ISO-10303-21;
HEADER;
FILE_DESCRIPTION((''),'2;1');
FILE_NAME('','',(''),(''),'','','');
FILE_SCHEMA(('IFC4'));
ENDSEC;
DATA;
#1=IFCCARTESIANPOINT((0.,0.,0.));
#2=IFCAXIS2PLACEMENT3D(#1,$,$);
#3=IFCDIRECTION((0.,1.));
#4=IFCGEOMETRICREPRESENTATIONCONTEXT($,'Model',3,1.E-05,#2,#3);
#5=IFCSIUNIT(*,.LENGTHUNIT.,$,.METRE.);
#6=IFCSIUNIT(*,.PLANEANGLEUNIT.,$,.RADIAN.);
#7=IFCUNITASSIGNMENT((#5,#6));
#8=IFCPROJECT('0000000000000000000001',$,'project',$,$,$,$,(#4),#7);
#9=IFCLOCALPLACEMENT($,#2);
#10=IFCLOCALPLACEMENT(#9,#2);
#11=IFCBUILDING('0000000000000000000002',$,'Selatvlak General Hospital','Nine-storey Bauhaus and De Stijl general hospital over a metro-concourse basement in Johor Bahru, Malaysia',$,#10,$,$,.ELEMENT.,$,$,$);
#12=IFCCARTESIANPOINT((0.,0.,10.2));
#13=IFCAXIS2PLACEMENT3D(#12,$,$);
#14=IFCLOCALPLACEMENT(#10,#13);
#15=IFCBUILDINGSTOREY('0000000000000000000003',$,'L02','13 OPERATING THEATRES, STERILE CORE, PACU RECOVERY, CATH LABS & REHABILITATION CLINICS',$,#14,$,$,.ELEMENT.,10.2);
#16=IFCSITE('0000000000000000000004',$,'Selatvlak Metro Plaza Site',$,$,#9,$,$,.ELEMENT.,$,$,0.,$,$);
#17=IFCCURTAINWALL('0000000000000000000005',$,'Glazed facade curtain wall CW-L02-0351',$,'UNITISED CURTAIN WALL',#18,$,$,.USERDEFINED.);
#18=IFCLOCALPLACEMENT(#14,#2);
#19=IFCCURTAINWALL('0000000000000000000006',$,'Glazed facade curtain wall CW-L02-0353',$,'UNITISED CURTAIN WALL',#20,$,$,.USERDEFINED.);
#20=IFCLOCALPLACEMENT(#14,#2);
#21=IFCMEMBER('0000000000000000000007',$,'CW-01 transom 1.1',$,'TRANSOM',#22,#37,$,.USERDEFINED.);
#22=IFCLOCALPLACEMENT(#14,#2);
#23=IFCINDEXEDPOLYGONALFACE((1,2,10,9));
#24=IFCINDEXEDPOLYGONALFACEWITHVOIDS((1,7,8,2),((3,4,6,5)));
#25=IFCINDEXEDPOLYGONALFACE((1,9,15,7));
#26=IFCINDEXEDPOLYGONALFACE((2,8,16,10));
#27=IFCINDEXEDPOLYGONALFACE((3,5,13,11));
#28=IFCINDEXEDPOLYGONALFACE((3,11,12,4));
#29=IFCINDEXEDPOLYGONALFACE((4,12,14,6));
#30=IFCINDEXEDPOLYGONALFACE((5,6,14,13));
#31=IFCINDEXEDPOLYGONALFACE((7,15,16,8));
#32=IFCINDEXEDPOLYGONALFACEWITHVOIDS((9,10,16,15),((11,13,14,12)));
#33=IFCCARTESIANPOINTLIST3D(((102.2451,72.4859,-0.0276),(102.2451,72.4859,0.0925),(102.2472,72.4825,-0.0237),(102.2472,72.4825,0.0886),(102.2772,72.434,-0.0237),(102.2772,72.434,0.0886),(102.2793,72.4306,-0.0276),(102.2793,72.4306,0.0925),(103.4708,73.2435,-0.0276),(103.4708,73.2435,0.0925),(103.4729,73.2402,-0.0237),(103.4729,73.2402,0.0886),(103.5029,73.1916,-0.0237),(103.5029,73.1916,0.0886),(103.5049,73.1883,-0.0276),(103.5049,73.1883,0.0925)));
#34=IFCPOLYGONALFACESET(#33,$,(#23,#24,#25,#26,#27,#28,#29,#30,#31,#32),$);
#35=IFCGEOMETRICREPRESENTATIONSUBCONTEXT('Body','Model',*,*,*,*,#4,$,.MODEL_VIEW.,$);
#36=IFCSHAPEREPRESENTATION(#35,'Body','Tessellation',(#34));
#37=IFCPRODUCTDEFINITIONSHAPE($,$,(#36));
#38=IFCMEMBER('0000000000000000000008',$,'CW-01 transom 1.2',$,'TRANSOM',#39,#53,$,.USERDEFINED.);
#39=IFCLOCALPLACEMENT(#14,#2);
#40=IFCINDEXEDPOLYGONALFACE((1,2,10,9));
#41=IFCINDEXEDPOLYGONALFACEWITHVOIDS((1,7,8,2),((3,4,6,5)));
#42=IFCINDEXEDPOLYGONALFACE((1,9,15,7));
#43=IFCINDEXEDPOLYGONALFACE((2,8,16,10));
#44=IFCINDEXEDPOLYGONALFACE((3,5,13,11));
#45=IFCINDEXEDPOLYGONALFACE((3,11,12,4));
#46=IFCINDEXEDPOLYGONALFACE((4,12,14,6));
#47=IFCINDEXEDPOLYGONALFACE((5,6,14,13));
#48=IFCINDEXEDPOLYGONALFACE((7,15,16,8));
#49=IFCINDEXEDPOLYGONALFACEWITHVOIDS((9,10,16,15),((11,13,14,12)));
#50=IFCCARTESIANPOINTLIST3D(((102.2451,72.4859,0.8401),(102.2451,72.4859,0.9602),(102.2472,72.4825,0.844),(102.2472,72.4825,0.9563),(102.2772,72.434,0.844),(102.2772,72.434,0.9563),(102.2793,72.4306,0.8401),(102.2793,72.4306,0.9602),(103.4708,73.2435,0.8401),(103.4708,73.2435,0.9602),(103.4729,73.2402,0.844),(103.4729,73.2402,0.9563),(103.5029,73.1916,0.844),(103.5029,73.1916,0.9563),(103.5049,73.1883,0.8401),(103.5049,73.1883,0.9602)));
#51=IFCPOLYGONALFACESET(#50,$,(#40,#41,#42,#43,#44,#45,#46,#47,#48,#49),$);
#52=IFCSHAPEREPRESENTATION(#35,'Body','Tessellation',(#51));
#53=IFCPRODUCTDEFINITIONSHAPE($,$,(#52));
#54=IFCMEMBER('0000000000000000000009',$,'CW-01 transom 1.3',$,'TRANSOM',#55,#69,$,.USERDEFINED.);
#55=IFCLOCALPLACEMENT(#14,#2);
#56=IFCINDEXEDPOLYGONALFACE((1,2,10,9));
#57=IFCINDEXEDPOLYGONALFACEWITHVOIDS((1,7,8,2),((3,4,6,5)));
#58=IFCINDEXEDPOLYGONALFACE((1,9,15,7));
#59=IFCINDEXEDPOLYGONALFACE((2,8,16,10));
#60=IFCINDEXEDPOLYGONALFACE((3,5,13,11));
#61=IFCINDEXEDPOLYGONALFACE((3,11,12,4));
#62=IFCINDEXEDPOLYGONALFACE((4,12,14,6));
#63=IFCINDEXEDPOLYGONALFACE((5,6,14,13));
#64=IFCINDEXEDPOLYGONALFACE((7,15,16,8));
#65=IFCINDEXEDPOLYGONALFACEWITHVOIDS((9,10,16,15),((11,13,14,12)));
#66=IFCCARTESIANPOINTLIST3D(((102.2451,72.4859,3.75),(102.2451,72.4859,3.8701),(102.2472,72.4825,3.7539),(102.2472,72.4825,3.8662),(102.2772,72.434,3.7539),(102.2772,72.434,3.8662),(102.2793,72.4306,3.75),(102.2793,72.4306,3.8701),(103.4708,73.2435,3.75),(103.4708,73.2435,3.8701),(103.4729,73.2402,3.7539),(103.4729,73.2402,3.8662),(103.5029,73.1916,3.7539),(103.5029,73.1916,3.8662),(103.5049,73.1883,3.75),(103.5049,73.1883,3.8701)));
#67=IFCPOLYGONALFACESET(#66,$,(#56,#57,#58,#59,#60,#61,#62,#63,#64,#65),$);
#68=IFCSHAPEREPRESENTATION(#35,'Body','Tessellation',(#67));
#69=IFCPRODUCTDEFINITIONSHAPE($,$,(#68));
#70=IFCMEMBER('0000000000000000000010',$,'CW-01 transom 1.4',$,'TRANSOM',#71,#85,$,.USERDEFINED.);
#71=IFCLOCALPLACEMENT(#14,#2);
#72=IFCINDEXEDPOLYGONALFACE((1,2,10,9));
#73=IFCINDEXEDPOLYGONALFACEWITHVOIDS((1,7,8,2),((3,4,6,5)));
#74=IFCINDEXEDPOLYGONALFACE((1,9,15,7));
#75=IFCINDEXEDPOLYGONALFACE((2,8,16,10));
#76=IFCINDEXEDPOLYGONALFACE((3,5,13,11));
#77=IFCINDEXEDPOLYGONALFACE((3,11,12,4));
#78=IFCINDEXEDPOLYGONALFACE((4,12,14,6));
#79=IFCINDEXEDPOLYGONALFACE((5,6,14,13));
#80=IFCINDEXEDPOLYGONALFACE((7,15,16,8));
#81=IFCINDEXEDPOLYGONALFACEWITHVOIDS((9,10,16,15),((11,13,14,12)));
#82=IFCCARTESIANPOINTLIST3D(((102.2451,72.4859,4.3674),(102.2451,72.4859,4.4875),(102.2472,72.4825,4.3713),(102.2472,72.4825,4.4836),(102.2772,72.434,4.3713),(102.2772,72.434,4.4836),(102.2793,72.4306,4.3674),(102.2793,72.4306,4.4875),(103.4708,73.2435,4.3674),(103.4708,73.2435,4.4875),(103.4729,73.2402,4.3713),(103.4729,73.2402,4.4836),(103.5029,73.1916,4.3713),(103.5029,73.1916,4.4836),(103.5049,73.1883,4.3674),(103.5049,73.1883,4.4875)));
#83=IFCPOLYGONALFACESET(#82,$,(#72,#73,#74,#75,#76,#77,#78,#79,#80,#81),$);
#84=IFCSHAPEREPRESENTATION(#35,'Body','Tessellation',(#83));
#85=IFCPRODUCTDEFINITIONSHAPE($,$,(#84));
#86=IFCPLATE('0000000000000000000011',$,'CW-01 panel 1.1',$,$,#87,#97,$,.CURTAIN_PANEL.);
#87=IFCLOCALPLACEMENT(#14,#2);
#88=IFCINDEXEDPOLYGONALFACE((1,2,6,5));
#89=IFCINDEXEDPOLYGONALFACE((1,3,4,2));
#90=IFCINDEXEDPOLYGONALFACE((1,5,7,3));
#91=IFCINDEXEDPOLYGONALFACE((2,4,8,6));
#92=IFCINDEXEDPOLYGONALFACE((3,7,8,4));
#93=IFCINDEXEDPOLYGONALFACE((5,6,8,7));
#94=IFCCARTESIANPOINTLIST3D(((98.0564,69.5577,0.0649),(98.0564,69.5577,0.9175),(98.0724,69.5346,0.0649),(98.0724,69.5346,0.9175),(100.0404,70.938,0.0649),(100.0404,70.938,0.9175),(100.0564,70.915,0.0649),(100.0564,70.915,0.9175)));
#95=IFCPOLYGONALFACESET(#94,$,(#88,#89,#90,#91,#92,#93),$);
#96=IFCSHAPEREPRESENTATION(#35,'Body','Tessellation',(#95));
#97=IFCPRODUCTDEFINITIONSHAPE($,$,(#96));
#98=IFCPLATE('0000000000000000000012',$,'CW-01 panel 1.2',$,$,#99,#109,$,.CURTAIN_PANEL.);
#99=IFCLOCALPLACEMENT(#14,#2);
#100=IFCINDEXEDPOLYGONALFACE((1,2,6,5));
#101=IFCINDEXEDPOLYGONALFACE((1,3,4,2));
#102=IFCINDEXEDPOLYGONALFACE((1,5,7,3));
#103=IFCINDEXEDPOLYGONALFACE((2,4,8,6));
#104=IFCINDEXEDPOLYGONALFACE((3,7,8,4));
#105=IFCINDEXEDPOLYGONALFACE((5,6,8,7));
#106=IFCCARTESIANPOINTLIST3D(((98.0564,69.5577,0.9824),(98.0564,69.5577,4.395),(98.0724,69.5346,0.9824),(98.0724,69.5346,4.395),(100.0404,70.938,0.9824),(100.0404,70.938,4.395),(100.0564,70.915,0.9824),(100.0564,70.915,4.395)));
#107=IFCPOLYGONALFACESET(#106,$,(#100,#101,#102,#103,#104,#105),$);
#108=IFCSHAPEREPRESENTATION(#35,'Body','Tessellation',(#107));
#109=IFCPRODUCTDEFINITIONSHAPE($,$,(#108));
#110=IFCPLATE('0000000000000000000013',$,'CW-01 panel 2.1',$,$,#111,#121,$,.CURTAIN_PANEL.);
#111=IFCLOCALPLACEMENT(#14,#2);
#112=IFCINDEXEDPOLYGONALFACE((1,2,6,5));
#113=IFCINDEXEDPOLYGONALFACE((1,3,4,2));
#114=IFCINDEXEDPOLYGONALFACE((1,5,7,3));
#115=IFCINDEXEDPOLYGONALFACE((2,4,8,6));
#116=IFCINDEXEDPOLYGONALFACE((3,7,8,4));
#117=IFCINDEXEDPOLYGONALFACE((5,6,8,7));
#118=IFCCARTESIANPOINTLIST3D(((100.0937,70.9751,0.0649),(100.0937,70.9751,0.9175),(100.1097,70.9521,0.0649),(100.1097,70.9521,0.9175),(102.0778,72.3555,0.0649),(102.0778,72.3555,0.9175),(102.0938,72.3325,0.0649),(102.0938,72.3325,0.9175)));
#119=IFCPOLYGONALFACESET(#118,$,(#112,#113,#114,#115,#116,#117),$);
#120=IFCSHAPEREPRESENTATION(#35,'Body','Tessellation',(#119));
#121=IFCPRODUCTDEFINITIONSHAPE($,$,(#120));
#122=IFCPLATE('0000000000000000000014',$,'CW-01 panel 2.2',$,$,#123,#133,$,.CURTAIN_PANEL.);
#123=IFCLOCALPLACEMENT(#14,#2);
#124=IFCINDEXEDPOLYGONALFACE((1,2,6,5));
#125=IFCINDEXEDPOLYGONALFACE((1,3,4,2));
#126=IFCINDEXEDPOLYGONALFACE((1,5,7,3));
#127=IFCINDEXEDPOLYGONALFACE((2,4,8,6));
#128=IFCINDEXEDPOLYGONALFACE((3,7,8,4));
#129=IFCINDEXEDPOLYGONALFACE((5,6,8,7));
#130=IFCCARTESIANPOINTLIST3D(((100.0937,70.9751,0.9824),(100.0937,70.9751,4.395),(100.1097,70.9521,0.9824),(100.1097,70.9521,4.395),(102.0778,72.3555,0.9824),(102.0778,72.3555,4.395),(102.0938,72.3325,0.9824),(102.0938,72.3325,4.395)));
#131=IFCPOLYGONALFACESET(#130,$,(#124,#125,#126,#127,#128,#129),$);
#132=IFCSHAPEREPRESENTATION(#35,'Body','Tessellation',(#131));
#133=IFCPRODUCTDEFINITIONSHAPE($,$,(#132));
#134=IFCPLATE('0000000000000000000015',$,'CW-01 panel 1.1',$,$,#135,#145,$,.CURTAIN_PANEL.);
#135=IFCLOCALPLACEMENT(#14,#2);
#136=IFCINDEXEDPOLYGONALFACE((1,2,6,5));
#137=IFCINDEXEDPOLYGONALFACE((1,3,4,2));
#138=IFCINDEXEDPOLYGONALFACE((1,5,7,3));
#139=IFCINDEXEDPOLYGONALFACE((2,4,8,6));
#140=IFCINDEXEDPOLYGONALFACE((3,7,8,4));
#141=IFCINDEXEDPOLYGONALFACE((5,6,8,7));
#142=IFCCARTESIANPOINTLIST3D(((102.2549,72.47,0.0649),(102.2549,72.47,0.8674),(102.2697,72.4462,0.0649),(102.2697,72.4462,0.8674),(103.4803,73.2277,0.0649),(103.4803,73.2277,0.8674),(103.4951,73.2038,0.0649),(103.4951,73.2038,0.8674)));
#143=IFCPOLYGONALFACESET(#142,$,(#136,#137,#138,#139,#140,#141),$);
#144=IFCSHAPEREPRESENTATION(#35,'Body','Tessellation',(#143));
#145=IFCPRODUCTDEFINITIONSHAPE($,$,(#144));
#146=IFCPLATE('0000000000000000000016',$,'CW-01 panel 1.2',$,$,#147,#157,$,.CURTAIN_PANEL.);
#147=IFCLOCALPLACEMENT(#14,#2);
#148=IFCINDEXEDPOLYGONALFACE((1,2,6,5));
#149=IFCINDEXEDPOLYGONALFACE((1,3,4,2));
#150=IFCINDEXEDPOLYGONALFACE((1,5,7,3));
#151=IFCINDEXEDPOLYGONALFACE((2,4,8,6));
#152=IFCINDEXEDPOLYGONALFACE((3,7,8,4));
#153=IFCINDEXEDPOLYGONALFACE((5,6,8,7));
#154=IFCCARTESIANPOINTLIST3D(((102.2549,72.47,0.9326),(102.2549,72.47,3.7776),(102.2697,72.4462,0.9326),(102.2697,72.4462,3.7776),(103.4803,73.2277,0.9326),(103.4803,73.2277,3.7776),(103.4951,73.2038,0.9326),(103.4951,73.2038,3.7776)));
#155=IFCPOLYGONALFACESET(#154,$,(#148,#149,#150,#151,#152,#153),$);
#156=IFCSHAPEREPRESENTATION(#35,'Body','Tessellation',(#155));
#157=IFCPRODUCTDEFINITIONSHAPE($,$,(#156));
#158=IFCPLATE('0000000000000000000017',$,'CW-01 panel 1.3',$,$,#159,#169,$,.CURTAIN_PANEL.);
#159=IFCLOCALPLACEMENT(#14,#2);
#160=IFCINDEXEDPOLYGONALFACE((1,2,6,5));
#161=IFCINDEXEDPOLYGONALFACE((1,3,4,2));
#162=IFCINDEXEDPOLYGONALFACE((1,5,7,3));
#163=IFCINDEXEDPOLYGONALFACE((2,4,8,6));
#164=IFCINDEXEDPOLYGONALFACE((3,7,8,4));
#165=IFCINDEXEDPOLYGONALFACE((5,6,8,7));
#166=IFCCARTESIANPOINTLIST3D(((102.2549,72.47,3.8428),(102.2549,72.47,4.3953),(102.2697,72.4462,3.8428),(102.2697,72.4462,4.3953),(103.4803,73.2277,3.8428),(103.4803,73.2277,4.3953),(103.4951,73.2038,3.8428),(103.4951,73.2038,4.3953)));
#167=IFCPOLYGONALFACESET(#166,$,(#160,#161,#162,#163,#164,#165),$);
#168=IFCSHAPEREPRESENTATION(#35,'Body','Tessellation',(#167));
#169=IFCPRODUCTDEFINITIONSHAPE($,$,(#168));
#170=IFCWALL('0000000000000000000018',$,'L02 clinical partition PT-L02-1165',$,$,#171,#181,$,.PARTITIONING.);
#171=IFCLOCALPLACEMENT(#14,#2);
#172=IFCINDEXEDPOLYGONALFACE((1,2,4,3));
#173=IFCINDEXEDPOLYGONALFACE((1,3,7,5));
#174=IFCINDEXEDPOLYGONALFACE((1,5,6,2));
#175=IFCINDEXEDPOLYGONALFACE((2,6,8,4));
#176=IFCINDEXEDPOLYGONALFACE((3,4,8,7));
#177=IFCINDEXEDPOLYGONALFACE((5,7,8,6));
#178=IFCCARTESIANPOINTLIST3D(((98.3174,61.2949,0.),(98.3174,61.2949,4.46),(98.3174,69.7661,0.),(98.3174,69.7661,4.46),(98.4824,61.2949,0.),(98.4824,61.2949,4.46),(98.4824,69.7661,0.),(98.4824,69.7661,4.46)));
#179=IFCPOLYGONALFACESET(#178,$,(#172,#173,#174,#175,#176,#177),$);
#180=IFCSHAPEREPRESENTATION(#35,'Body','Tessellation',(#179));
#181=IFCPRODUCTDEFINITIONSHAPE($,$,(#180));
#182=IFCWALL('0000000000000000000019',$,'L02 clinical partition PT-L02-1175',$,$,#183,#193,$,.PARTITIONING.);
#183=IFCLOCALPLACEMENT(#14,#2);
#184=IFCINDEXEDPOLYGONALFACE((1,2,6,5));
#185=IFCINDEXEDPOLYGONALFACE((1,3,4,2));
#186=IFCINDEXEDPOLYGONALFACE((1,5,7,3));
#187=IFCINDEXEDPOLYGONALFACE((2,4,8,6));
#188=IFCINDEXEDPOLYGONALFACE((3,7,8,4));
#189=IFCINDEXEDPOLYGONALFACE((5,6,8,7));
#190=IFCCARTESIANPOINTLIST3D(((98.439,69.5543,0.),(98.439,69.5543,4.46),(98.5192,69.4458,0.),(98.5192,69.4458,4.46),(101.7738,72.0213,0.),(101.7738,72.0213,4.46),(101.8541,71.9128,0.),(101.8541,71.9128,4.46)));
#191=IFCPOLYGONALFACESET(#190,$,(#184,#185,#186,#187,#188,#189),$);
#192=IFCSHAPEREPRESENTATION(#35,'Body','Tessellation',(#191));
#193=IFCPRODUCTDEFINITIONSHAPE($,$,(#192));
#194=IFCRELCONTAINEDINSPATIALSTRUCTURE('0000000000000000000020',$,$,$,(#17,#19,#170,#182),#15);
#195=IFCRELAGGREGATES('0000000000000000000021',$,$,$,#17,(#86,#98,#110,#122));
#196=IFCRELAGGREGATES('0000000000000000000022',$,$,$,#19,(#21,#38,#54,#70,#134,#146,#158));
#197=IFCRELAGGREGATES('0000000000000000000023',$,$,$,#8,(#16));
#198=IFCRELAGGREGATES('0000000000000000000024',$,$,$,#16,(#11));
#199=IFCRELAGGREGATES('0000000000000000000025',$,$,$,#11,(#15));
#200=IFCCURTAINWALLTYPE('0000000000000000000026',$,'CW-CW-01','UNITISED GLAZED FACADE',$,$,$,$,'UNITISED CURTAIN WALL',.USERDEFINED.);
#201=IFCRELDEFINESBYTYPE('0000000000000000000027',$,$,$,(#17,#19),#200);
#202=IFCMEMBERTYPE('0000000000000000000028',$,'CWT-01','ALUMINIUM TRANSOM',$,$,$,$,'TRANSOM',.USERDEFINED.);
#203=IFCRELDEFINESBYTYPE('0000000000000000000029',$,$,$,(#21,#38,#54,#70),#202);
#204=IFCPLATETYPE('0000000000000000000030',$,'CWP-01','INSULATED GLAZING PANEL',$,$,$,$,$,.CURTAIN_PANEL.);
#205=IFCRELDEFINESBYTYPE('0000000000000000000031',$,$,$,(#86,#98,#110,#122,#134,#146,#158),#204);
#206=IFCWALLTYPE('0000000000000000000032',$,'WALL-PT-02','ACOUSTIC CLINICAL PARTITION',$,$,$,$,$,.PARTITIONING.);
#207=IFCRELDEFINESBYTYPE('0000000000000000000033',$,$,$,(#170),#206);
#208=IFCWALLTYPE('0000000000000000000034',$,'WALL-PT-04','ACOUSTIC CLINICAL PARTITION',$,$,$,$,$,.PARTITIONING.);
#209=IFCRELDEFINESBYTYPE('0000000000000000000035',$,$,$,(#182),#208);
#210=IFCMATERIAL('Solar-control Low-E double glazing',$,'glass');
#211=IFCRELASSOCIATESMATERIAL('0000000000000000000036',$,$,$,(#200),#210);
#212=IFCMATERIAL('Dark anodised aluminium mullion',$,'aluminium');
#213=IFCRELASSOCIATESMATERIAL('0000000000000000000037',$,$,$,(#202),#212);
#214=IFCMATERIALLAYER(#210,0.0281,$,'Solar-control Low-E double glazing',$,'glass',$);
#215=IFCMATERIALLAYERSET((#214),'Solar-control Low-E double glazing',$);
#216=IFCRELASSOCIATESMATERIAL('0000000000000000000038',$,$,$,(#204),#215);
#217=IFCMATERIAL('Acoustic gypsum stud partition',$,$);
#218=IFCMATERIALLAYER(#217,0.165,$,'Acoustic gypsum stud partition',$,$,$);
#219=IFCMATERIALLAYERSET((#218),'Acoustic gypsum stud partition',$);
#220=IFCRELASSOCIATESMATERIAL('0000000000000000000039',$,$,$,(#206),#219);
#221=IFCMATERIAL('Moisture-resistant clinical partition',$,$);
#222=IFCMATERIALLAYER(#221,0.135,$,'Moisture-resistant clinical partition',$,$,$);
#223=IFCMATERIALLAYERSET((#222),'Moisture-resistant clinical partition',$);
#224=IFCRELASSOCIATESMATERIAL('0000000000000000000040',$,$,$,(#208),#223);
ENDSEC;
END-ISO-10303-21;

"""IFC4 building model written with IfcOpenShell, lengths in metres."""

from ifc_helpers import new_model, si_unit, direction, frame, frame_2d, origin, origin_2d, place, context, subcontext, project, spatial, rectangle, hollow_rectangle, extrude, material, layer, layer_set, material_profile, profile_set, type_object, element, aggregate, save


model = new_model("IFC4")

# Units and contexts
model_context = context("Model", 3, precision=1e-05, world=origin(), true_north=direction((0.0, 1.0)))
body_context = subcontext(model_context, "Body", "Model", "MODEL_VIEW")
ifc_project = project(units=[si_unit("LENGTHUNIT", "METRE"), si_unit("PLANEANGLEUNIT", "RADIAN")], contexts=[model_context])

# Site, building, storey
site_placement = place(None, origin())
site = spatial("IfcSite", under=ifc_project, at=site_placement, Name="Selatvlak Metro Plaza Site", CompositionType="ELEMENT", RefElevation=0.0)
building_placement = place(site_placement, origin())
building = spatial("IfcBuilding", under=site, at=building_placement, Name="Selatvlak General Hospital", Description="Nine-storey Bauhaus and De Stijl general hospital over a metro-concourse basement in Johor Bahru, Malaysia", CompositionType="ELEMENT")
storey_placement = place(building_placement, frame((0.0, 0.0, 10.2)))
storey = spatial("IfcBuildingStorey", under=building, at=storey_placement, Name="L02", Description="13 OPERATING THEATRES, STERILE CORE, PACU RECOVERY, CATH LABS & REHABILITATION CLINICS", CompositionType="ELEMENT", Elevation=10.2)

# Curtain walls
ifc_material_1 = material(Name="Solar-control Low-E double glazing", Category="glass")
curtain_wall_type = type_object("IfcCurtainWallType", Name="CW-CW-01", Description="UNITISED GLAZED FACADE", ElementType="UNITISED CURTAIN WALL", PredefinedType="USERDEFINED", material=ifc_material_1)
curtain_wall_1_placement = place(storey_placement, origin())
curtain_wall_1 = element("IfcCurtainWall", 1, at=curtain_wall_1_placement, inside=storey, type_object=curtain_wall_type, Name="Glazed facade curtain wall CW-L02-0351", ObjectType="UNITISED CURTAIN WALL", PredefinedType="USERDEFINED")
ifc_material_2 = material(Name="Dark anodised aluminium mullion", Category="aluminium")
curtain_wall_2_placement = place(storey_placement, origin())
curtain_wall_2 = element("IfcCurtainWall", 2, at=curtain_wall_2_placement, inside=storey, type_object=curtain_wall_type, Name="Glazed facade curtain wall CW-L02-0353", ObjectType="UNITISED CURTAIN WALL", PredefinedType="USERDEFINED")

# Members
ifc_material_profile_1 = material_profile(ifc_material_2, hollow_rectangle(XDim=0.0649, YDim=0.1201, WallThickness=0.0039, at=origin_2d()), Name="AL-TRN 65x120x4")
ifc_profile_set_1 = profile_set([ifc_material_profile_1], Name="Dark anodised aluminium mullion")
member_type_1 = type_object("IfcMemberType", Name="CWT-01", Description="ALUMINIUM TRANSOM", ElementType="TRANSOM", PredefinedType="USERDEFINED", material=ifc_profile_set_1)
member_1_placement = place(storey_placement, frame((102.2622, 72.4583, 0.0325), z_axis=(0.850615, 0.525789, 0.0), x_axis=(-0.525789, 0.850615, 0.0)))
member_1 = element("IfcMember", 3, at=member_1_placement, type_object=member_type_1, Name="CW-01 transom 1.1", ObjectType="TRANSOM", PredefinedType="USERDEFINED", context=body_context, shape_type="SweptSolid", body=[
    extrude(hollow_rectangle(XDim=0.0649, YDim=0.1201, WallThickness=0.0039, at=origin_2d()), origin(), (0.0, 0.0, 1.0), 1.4409),
])
member_2_placement = place(storey_placement, frame((102.2622, 72.4583, 0.9001), z_axis=(0.850615, 0.525789, 0.0), x_axis=(-0.525789, 0.850615, 0.0)))
member_2 = element("IfcMember", 4, at=member_2_placement, type_object=member_type_1, Name="CW-01 transom 1.2", ObjectType="TRANSOM", PredefinedType="USERDEFINED", context=body_context, shape_type="SweptSolid", body=[
    extrude(hollow_rectangle(XDim=0.0649, YDim=0.1201, WallThickness=0.0039, at=origin_2d()), origin(), (0.0, 0.0, 1.0), 1.4409),
])
member_3_placement = place(storey_placement, frame((102.2622, 72.4583, 3.8101), z_axis=(0.850615, 0.525789, 0.0), x_axis=(-0.525789, 0.850615, 0.0)))
member_3 = element("IfcMember", 5, at=member_3_placement, type_object=member_type_1, Name="CW-01 transom 1.3", ObjectType="TRANSOM", PredefinedType="USERDEFINED", context=body_context, shape_type="SweptSolid", body=[
    extrude(hollow_rectangle(XDim=0.0649, YDim=0.1201, WallThickness=0.0039, at=origin_2d()), origin(), (0.0, 0.0, 1.0), 1.4409),
])
member_4_placement = place(storey_placement, frame((102.2622, 72.4583, 4.4275), z_axis=(0.850615, 0.525789, 0.0), x_axis=(-0.525789, 0.850615, 0.0)))
member_4 = element("IfcMember", 6, at=member_4_placement, type_object=member_type_1, Name="CW-01 transom 1.4", ObjectType="TRANSOM", PredefinedType="USERDEFINED", context=body_context, shape_type="SweptSolid", body=[
    extrude(hollow_rectangle(XDim=0.0649, YDim=0.1201, WallThickness=0.0039, at=origin_2d()), origin(), (0.0, 0.0, 1.0), 1.4409),
])

# Plates
ifc_layer_1 = layer(ifc_material_1, 0.0281, Name="Solar-control Low-E double glazing", Category="glass")
ifc_layer_set_1 = layer_set([ifc_layer_1], Name="Solar-control Low-E double glazing")
plate_type = type_object("IfcPlateType", Name="CWP-01", Description="INSULATED GLAZING PANEL", PredefinedType="CURTAIN_PANEL", material=ifc_layer_set_1)
plate_1_placement = place(storey_placement, frame((99.0564, 70.2363, 0.0649), z_axis=(0.0, 0.0, 1.0), x_axis=(0.820873, 0.571111, 0.0)))
plate_1 = element("IfcPlate", 7, at=plate_1_placement, type_object=plate_type, Name="CW-01 panel 1.1", PredefinedType="CURTAIN_PANEL", context=body_context, shape_type="SweptSolid", body=[
    extrude(rectangle(XDim=2.417, YDim=0.0281, at=origin_2d()), origin(), (0.0, 0.0, 1.0), 0.8525),
])
plate_2_placement = place(storey_placement, frame((99.0564, 70.2363, 0.9824), z_axis=(0.0, 0.0, 1.0), x_axis=(0.820873, 0.571111, 0.0)))
plate_2 = element("IfcPlate", 8, at=plate_2_placement, type_object=plate_type, Name="CW-01 panel 1.2", PredefinedType="CURTAIN_PANEL", context=body_context, shape_type="SweptSolid", body=[
    extrude(rectangle(XDim=2.417, YDim=0.0281, at=origin_2d()), origin(), (0.0, 0.0, 1.0), 3.4126),
])
plate_3_placement = place(storey_placement, frame((101.0938, 71.6538, 0.0649), z_axis=(0.0, 0.0, 1.0), x_axis=(0.820873, 0.571111, 0.0)))
plate_3 = element("IfcPlate", 9, at=plate_3_placement, type_object=plate_type, Name="CW-01 panel 2.1", PredefinedType="CURTAIN_PANEL", context=body_context, shape_type="SweptSolid", body=[
    extrude(rectangle(XDim=2.417, YDim=0.0281, at=origin_2d()), origin(), (0.0, 0.0, 1.0), 0.8525),
])
plate_4_placement = place(storey_placement, frame((101.0938, 71.6538, 0.9824), z_axis=(0.0, 0.0, 1.0), x_axis=(0.820873, 0.571111, 0.0)))
plate_4 = element("IfcPlate", 10, at=plate_4_placement, type_object=plate_type, Name="CW-01 panel 2.2", PredefinedType="CURTAIN_PANEL", context=body_context, shape_type="SweptSolid", body=[
    extrude(rectangle(XDim=2.417, YDim=0.0281, at=origin_2d()), origin(), (0.0, 0.0, 1.0), 3.4126),
])
aggregate(curtain_wall_1, [plate_1, plate_2, plate_3, plate_4])
plate_5_placement = place(storey_placement, frame((102.875, 72.8369, 0.0649), z_axis=(0.0, 0.0, 1.0), x_axis=(0.850564, 0.525872, 0.0)))
plate_5 = element("IfcPlate", 11, at=plate_5_placement, type_object=plate_type, Name="CW-01 panel 1.1", PredefinedType="CURTAIN_PANEL", context=body_context, shape_type="SweptSolid", body=[
    extrude(rectangle(XDim=1.4407, YDim=0.0281, at=origin_2d()), origin(), (0.0, 0.0, 1.0), 0.8025),
])
plate_6_placement = place(storey_placement, frame((102.875, 72.8369, 0.9326), z_axis=(0.0, 0.0, 1.0), x_axis=(0.850564, 0.525872, 0.0)))
plate_6 = element("IfcPlate", 12, at=plate_6_placement, type_object=plate_type, Name="CW-01 panel 1.2", PredefinedType="CURTAIN_PANEL", context=body_context, shape_type="SweptSolid", body=[
    extrude(rectangle(XDim=1.4407, YDim=0.0281, at=origin_2d()), origin(), (0.0, 0.0, 1.0), 2.845),
])
plate_7_placement = place(storey_placement, frame((102.875, 72.8369, 3.8428), z_axis=(0.0, 0.0, 1.0), x_axis=(0.850564, 0.525872, 0.0)))
plate_7 = element("IfcPlate", 13, at=plate_7_placement, type_object=plate_type, Name="CW-01 panel 1.3", PredefinedType="CURTAIN_PANEL", context=body_context, shape_type="SweptSolid", body=[
    extrude(rectangle(XDim=1.4407, YDim=0.0281, at=origin_2d()), origin(), (0.0, 0.0, 1.0), 0.5525),
])
aggregate(curtain_wall_2, [member_1, member_2, member_3, member_4, plate_5, plate_6, plate_7])

# Walls
ifc_material_3 = material(Name="Acoustic gypsum stud partition")
ifc_layer_2 = layer(ifc_material_3, 0.165, Name="Acoustic gypsum stud partition")
ifc_layer_set_2 = layer_set([ifc_layer_2], Name="Acoustic gypsum stud partition")
wall_type_1 = type_object("IfcWallType", Name="WALL-PT-02", Description="ACOUSTIC CLINICAL PARTITION", PredefinedType="PARTITIONING", material=ifc_layer_set_2)
wall_1_placement = place(storey_placement, frame((98.3999, 69.7661, 0.0), z_axis=(0.0, 0.0, 1.0), x_axis=(0.0, -1.0, 0.0)))
element("IfcWall", 14, at=wall_1_placement, inside=storey, type_object=wall_type_1, Name="L02 clinical partition PT-L02-1165", PredefinedType="PARTITIONING", context=body_context, shape_type="SweptSolid", body=[
    extrude(rectangle(XDim=8.4712, YDim=0.165, at=frame_2d((4.2356, 0.0))), origin(), (0.0, 0.0, 1.0), 4.46),
])
ifc_material_4 = material(Name="Moisture-resistant clinical partition")
ifc_layer_3 = layer(ifc_material_4, 0.135, Name="Moisture-resistant clinical partition")
ifc_layer_set_3 = layer_set([ifc_layer_3], Name="Moisture-resistant clinical partition")
wall_type_2 = type_object("IfcWallType", Name="WALL-PT-04", Description="ACOUSTIC CLINICAL PARTITION", PredefinedType="PARTITIONING", material=ifc_layer_set_3)
wall_2_placement = place(storey_placement, frame((98.479, 69.5, 0.0), z_axis=(0.0, 0.0, 1.0), x_axis=(0.803938, 0.594714, 0.0)))
element("IfcWall", 15, at=wall_2_placement, inside=storey, type_object=wall_type_2, Name="L02 clinical partition PT-L02-1175", PredefinedType="PARTITIONING", context=body_context, shape_type="SweptSolid", body=[
    extrude(rectangle(XDim=4.1482, YDim=0.135, at=frame_2d((2.0742, 0.0))), origin(), (0.0, 0.0, 1.0), 4.46),
])

save(model, "model.ifc")
